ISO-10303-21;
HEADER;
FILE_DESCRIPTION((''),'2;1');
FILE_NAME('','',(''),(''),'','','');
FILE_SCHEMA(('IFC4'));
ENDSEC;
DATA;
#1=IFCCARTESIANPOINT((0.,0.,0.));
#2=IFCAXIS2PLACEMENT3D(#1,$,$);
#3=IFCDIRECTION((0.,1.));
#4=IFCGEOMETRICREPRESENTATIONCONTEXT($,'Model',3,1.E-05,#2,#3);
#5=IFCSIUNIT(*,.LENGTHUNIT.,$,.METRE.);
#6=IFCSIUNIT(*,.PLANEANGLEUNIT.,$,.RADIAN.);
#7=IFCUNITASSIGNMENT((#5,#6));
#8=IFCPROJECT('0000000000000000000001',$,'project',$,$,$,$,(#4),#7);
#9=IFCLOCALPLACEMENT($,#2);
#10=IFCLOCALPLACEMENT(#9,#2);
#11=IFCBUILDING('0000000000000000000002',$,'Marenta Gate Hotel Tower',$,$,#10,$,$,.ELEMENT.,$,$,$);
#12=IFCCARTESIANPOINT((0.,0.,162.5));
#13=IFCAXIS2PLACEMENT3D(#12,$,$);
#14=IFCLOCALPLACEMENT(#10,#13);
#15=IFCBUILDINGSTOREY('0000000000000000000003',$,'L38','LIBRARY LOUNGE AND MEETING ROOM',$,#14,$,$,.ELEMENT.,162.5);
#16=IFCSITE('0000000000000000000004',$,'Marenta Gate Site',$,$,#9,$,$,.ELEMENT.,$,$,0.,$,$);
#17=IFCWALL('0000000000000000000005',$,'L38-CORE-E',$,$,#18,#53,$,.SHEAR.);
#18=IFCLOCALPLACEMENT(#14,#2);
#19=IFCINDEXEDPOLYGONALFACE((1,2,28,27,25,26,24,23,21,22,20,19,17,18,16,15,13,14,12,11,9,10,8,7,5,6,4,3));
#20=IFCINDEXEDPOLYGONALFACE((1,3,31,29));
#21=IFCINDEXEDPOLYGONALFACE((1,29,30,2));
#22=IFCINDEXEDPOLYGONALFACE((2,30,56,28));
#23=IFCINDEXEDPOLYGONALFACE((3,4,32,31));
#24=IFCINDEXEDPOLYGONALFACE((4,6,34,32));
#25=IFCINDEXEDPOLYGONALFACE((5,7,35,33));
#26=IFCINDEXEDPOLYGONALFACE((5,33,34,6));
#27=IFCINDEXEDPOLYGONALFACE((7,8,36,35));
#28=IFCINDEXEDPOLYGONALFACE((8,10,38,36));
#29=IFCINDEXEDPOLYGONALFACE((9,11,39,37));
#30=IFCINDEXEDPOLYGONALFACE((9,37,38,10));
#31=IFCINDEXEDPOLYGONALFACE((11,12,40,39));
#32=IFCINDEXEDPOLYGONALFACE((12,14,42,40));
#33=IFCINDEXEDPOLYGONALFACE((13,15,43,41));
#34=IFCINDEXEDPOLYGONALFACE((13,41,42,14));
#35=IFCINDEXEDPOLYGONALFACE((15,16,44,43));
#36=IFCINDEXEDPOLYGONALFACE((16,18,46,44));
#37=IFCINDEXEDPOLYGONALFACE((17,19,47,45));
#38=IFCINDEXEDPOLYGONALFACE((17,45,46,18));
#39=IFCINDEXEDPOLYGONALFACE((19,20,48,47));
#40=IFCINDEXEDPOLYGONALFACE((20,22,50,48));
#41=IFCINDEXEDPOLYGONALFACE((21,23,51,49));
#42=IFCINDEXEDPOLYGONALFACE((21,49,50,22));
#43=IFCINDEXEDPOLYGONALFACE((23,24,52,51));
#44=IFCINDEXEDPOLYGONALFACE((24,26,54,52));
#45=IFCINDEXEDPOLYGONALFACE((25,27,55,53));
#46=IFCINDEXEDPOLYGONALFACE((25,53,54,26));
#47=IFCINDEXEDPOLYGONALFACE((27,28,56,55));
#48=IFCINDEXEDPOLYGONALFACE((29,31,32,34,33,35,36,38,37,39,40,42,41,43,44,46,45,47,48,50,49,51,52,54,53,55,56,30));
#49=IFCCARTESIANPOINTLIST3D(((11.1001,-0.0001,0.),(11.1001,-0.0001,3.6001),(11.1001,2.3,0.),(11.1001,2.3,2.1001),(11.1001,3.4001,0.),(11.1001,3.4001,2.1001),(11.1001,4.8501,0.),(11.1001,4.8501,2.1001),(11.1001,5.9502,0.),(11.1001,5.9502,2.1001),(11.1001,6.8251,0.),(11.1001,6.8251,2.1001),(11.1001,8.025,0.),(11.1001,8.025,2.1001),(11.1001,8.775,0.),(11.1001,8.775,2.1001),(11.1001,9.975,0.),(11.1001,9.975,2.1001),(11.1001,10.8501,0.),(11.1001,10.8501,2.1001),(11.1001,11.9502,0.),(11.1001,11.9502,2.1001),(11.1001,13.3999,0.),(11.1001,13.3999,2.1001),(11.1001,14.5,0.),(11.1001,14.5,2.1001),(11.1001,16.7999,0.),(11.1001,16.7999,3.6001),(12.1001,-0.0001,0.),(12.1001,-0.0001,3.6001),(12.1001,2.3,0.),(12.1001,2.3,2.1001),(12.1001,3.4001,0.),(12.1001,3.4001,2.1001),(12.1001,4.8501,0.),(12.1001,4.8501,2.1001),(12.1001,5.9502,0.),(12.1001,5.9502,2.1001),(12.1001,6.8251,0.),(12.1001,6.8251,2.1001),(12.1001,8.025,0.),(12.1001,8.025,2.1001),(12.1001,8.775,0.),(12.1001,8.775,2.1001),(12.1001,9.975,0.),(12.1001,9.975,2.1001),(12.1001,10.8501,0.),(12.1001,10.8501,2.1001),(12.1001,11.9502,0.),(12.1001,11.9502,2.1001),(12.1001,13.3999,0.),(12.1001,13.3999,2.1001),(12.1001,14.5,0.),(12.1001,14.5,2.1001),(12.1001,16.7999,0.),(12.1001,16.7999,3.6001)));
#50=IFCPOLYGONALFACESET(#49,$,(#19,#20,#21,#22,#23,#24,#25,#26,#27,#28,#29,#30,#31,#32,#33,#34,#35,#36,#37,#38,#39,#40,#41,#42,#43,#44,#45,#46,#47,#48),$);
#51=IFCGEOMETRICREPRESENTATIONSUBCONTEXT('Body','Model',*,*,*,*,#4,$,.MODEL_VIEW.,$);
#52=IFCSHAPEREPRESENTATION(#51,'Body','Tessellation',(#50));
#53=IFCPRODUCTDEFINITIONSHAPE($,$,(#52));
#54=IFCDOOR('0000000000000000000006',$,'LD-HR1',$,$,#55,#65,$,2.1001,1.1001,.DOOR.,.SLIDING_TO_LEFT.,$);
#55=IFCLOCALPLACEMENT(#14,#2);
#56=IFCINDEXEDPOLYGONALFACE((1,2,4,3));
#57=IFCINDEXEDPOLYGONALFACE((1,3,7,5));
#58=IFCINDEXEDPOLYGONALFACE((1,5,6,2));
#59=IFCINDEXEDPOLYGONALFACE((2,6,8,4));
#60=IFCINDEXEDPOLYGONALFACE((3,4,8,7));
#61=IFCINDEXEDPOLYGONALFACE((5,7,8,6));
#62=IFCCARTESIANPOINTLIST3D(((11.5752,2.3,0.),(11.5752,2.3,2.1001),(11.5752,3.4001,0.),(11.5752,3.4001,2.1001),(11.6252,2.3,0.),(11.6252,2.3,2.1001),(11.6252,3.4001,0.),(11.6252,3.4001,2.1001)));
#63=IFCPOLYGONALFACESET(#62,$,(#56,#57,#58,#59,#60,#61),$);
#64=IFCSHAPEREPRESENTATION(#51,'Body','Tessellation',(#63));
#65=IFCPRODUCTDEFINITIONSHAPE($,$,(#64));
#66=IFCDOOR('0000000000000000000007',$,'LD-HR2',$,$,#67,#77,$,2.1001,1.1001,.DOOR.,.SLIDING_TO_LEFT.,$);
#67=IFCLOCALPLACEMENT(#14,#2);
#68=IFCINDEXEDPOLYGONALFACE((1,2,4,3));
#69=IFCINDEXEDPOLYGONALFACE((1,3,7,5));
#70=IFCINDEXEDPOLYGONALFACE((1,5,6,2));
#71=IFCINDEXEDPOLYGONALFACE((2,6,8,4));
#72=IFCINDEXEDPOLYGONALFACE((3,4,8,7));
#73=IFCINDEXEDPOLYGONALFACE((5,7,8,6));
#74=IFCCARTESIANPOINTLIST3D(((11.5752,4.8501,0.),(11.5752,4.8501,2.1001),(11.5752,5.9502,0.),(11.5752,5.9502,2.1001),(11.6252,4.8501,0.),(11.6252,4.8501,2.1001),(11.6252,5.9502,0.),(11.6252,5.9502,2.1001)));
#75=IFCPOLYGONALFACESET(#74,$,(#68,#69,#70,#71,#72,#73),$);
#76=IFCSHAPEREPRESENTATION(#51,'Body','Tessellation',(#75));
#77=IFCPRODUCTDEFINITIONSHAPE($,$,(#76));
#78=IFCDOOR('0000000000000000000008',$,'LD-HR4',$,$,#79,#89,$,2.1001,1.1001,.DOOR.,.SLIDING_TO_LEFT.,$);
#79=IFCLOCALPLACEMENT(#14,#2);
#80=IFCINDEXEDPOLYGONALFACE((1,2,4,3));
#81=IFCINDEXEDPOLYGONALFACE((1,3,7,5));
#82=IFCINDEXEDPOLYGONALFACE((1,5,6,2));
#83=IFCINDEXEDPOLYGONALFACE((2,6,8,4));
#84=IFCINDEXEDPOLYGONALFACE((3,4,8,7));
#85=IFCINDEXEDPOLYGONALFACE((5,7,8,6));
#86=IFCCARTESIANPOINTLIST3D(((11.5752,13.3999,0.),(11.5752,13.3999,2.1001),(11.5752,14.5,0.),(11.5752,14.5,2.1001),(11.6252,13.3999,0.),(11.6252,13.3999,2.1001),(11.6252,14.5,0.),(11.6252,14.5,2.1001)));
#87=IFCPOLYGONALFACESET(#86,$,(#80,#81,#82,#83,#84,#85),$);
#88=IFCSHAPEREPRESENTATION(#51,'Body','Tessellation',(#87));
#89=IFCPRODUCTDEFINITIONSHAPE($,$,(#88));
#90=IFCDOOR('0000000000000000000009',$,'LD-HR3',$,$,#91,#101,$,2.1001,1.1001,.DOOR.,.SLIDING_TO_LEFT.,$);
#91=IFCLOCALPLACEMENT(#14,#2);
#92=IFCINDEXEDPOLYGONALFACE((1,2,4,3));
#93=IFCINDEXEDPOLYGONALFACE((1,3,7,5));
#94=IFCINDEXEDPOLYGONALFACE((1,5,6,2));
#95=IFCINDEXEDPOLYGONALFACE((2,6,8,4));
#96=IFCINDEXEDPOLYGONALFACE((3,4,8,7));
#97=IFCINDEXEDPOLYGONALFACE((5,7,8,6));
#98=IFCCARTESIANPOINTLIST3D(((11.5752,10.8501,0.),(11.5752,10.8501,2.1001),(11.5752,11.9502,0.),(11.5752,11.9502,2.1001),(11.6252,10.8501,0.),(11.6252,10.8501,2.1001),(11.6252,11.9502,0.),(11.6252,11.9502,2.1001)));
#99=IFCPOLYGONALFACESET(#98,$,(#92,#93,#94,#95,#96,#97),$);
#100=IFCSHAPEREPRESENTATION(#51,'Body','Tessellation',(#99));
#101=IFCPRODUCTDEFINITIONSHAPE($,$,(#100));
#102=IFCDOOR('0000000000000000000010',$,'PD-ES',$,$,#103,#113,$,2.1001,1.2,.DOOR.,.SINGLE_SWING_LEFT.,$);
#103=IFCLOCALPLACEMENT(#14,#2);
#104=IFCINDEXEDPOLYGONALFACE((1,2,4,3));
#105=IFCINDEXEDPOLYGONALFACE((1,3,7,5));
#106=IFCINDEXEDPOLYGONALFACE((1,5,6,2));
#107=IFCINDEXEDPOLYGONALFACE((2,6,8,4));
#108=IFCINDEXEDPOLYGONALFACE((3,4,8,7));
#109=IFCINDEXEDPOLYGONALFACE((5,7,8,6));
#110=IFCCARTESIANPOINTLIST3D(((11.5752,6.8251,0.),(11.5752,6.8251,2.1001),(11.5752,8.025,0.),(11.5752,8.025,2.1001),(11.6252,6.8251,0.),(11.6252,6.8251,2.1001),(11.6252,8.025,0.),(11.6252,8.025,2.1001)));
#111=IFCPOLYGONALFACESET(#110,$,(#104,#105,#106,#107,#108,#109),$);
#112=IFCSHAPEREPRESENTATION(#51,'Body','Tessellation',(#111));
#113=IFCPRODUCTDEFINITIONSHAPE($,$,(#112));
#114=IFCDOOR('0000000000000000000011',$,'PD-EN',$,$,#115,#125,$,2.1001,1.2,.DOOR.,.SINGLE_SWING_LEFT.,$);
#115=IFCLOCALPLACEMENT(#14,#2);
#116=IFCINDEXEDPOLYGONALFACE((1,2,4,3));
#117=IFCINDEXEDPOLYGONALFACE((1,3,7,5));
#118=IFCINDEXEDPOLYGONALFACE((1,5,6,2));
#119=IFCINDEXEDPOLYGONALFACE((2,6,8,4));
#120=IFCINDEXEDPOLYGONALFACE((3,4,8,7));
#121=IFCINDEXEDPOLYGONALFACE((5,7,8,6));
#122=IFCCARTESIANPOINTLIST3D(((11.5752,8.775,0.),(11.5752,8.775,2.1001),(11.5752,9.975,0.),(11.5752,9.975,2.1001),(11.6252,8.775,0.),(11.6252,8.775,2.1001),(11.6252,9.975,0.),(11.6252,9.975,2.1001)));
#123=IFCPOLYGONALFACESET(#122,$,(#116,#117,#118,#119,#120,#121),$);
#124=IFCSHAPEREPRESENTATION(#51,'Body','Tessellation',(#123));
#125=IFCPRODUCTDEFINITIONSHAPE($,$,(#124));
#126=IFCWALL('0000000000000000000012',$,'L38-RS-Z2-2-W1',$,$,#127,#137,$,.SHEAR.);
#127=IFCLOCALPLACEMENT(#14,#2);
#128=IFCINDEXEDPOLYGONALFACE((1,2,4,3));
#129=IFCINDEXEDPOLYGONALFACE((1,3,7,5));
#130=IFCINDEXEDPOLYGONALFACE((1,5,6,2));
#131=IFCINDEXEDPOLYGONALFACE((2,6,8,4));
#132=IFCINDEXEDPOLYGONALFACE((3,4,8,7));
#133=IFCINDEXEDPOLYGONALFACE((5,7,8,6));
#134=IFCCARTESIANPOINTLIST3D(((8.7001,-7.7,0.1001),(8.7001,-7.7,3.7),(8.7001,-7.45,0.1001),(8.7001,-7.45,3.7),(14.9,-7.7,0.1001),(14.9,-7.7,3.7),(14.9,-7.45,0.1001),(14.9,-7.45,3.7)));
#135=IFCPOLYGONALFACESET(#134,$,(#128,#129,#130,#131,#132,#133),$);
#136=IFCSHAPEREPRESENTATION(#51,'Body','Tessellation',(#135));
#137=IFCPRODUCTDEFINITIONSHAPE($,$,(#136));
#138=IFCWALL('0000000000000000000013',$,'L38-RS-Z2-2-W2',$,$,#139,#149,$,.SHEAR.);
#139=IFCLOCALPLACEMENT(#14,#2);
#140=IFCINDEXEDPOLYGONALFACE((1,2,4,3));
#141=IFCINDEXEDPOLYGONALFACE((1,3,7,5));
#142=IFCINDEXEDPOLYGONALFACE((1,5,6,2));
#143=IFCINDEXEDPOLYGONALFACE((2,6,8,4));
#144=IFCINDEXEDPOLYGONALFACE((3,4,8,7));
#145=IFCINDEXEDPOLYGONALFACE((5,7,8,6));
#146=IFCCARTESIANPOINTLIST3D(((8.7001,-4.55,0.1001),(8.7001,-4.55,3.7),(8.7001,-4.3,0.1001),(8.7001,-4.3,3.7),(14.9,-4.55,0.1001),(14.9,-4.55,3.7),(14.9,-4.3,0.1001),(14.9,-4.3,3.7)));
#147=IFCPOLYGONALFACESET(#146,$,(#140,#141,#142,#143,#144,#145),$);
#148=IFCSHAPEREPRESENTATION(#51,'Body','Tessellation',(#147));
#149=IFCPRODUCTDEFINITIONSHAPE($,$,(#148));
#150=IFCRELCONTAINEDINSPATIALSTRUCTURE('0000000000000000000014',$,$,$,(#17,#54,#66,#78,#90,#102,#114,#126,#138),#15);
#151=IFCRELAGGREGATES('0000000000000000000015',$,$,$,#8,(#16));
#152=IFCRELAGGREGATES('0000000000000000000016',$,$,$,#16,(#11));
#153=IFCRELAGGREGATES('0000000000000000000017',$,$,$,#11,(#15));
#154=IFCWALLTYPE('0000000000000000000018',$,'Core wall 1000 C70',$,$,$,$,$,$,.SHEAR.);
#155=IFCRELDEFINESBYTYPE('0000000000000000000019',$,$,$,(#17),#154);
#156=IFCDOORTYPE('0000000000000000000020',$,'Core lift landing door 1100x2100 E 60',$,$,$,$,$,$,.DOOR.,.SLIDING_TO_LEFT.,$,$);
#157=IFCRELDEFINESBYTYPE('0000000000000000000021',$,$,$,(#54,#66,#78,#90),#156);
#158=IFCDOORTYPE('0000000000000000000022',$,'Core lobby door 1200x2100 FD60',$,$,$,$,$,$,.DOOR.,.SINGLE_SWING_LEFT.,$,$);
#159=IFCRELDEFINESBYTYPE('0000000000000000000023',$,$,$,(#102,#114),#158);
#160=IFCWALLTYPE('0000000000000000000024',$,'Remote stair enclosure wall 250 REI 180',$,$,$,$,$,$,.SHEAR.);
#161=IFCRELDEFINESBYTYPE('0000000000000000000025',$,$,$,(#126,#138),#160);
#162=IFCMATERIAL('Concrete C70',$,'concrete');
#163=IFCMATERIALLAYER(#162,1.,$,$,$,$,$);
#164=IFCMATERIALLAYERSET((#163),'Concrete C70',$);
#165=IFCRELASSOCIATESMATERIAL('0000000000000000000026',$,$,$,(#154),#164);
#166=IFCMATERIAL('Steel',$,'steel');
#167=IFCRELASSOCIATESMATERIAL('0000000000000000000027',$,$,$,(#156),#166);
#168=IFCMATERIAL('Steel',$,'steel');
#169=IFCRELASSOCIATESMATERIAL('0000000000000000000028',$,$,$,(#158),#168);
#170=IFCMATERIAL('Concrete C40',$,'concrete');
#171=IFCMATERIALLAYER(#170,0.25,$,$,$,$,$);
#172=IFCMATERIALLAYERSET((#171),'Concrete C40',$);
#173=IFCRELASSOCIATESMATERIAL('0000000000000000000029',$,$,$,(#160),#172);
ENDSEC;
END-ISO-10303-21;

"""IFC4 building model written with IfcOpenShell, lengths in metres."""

from ifc_helpers import new_model, si_unit, direction, frame, frame_2d, origin, place, context, subcontext, project, spatial, rectangle, extrude, material, layer, layer_set, type_object, element, fill, save


model = new_model("IFC4")

# Units and contexts
model_context = context("Model", 3, precision=1e-05, world=origin(), true_north=direction((0.0, 1.0)))
body_context = subcontext(model_context, "Body", "Model", "MODEL_VIEW")
ifc_project = project(units=[si_unit("LENGTHUNIT", "METRE"), si_unit("PLANEANGLEUNIT", "RADIAN")], contexts=[model_context])

# Site, building, storey
site_placement = place(None, origin())
site = spatial("IfcSite", under=ifc_project, at=site_placement, Name="Marenta Gate Site", CompositionType="ELEMENT", RefElevation=0.0)
building_placement = place(site_placement, origin())
building = spatial("IfcBuilding", under=site, at=building_placement, Name="Marenta Gate Hotel Tower", CompositionType="ELEMENT")
storey_placement = place(building_placement, frame((0.0, 0.0, 162.5)))
storey = spatial("IfcBuildingStorey", under=building, at=storey_placement, Name="L38", Description="LIBRARY LOUNGE AND MEETING ROOM", CompositionType="ELEMENT", Elevation=162.5)

# Wall, openings, doors
ifc_material_1 = material(Name="Concrete C70", Category="concrete")
ifc_layer_1 = layer(ifc_material_1, 1.0)
ifc_layer_set_1 = layer_set([ifc_layer_1], Name="Concrete C70")
wall_type_1 = type_object("IfcWallType", Name="Core wall 1000 C70", PredefinedType="SHEAR", material=ifc_layer_set_1)
wall_1_placement = place(storey_placement, frame((11.6001, 0.0, 0.0), z_axis=(0.0, 0.0, 1.0), x_axis=(0.0, 1.0, 0.0)))
wall_1 = element("IfcWall", 1, at=wall_1_placement, inside=storey, type_object=wall_type_1, Name="L38-CORE-E", PredefinedType="SHEAR", context=body_context, shape_type="SweptSolid", body=[
    extrude(rectangle(XDim=16.8, YDim=1.0, at=frame_2d((8.3999, 0.0))), origin(), (0.0, 0.0, 1.0), 3.6001),
])
opening_1_placement = place(wall_1_placement, frame((2.3, 0.0, 0.0)))
opening_1 = element("IfcOpeningElement", 2, at=opening_1_placement, cuts=wall_1, PredefinedType="OPENING", context=body_context, shape_type="SweptSolid", body=[
    extrude(rectangle(XDim=1.1001, YDim=2.1001, at=frame_2d((0.55, 1.05))), frame((0.0, 0.5, 0.0), z_axis=(0.0, -1.0, 0.0), x_axis=(1.0, 0.0, 0.0)), (0.0, 0.0, 1.0), 1.0),
])
opening_2_placement = place(wall_1_placement, frame((4.8501, 0.0, 0.0)))
opening_2 = element("IfcOpeningElement", 3, at=opening_2_placement, cuts=wall_1, PredefinedType="OPENING", context=body_context, shape_type="SweptSolid", body=[
    extrude(rectangle(XDim=1.1001, YDim=2.1001, at=frame_2d((0.55, 1.05))), frame((0.0, 0.5, 0.0), z_axis=(0.0, -1.0, 0.0), x_axis=(1.0, 0.0, 0.0)), (0.0, 0.0, 1.0), 1.0),
])
opening_3_placement = place(wall_1_placement, frame((6.825, 0.0, 0.0)))
opening_3 = element("IfcOpeningElement", 4, at=opening_3_placement, cuts=wall_1, PredefinedType="OPENING", context=body_context, shape_type="SweptSolid", body=[
    extrude(rectangle(XDim=1.2, YDim=2.1001, at=frame_2d((0.6001, 1.05))), frame((0.0, 0.5, 0.0), z_axis=(0.0, -1.0, 0.0), x_axis=(1.0, 0.0, 0.0)), (0.0, 0.0, 1.0), 1.0),
])
opening_4_placement = place(wall_1_placement, frame((13.3999, 0.0, 0.0)))
opening_4 = element("IfcOpeningElement", 5, at=opening_4_placement, cuts=wall_1, PredefinedType="OPENING", context=body_context, shape_type="SweptSolid", body=[
    extrude(rectangle(XDim=1.1001, YDim=2.1001, at=frame_2d((0.55, 1.05))), frame((0.0, 0.5, 0.0), z_axis=(0.0, -1.0, 0.0), x_axis=(1.0, 0.0, 0.0)), (0.0, 0.0, 1.0), 1.0),
])
opening_5_placement = place(wall_1_placement, frame((10.8501, 0.0, 0.0)))
opening_5 = element("IfcOpeningElement", 6, at=opening_5_placement, cuts=wall_1, PredefinedType="OPENING", context=body_context, shape_type="SweptSolid", body=[
    extrude(rectangle(XDim=1.1001, YDim=2.1001, at=frame_2d((0.55, 1.05))), frame((0.0, 0.5, 0.0), z_axis=(0.0, -1.0, 0.0), x_axis=(1.0, 0.0, 0.0)), (0.0, 0.0, 1.0), 1.0),
])
opening_6_placement = place(wall_1_placement, frame((8.7749, 0.0, 0.0)))
opening_6 = element("IfcOpeningElement", 7, at=opening_6_placement, cuts=wall_1, PredefinedType="OPENING", context=body_context, shape_type="SweptSolid", body=[
    extrude(rectangle(XDim=1.2, YDim=2.1001, at=frame_2d((0.6001, 1.05))), frame((0.0, 0.5, 0.0), z_axis=(0.0, -1.0, 0.0), x_axis=(1.0, 0.0, 0.0)), (0.0, 0.0, 1.0), 1.0),
])
ifc_material_2 = material(Name="Steel", Category="steel")
door_type_1 = type_object("IfcDoorType", Name="Core lift landing door 1100x2100 E 60", OperationType="SLIDING_TO_LEFT", PredefinedType="DOOR", material=ifc_material_2)
door_1_placement = place(opening_1_placement, origin())
door_1 = element("IfcDoor", 8, at=door_1_placement, inside=storey, type_object=door_type_1, Name="LD-HR1", OperationType="SLIDING_TO_LEFT", OverallHeight=2.1001, OverallWidth=1.1001, PredefinedType="DOOR", context=body_context, shape_type="SweptSolid", body=[
    extrude(rectangle(XDim=1.1001, YDim=2.1001, at=frame_2d((0.55, 1.05))), frame((0.0, 0.0249, 0.0), z_axis=(0.0, -1.0, 0.0), x_axis=(1.0, 0.0, 0.0)), (0.0, 0.0, 1.0), 0.05),
])
fill(opening_1, door_1)
door_2_placement = place(opening_2_placement, origin())
door_2 = element("IfcDoor", 9, at=door_2_placement, inside=storey, type_object=door_type_1, Name="LD-HR2", OperationType="SLIDING_TO_LEFT", OverallHeight=2.1001, OverallWidth=1.1001, PredefinedType="DOOR", context=body_context, shape_type="SweptSolid", body=[
    extrude(rectangle(XDim=1.1001, YDim=2.1001, at=frame_2d((0.55, 1.05))), frame((0.0, 0.0249, 0.0), z_axis=(0.0, -1.0, 0.0), x_axis=(1.0, 0.0, 0.0)), (0.0, 0.0, 1.0), 0.05),
])
fill(opening_2, door_2)
door_3_placement = place(opening_4_placement, origin())
door_3 = element("IfcDoor", 10, at=door_3_placement, inside=storey, type_object=door_type_1, Name="LD-HR4", OperationType="SLIDING_TO_LEFT", OverallHeight=2.1001, OverallWidth=1.1001, PredefinedType="DOOR", context=body_context, shape_type="SweptSolid", body=[
    extrude(rectangle(XDim=1.1001, YDim=2.1001, at=frame_2d((0.55, 1.05))), frame((0.0, 0.0249, 0.0), z_axis=(0.0, -1.0, 0.0), x_axis=(1.0, 0.0, 0.0)), (0.0, 0.0, 1.0), 0.05),
])
fill(opening_4, door_3)
door_4_placement = place(opening_5_placement, origin())
door_4 = element("IfcDoor", 11, at=door_4_placement, inside=storey, type_object=door_type_1, Name="LD-HR3", OperationType="SLIDING_TO_LEFT", OverallHeight=2.1001, OverallWidth=1.1001, PredefinedType="DOOR", context=body_context, shape_type="SweptSolid", body=[
    extrude(rectangle(XDim=1.1001, YDim=2.1001, at=frame_2d((0.55, 1.05))), frame((0.0, 0.0249, 0.0), z_axis=(0.0, -1.0, 0.0), x_axis=(1.0, 0.0, 0.0)), (0.0, 0.0, 1.0), 0.05),
])
fill(opening_5, door_4)
ifc_material_3 = material(Name="Steel", Category="steel")
door_type_2 = type_object("IfcDoorType", Name="Core lobby door 1200x2100 FD60", OperationType="SINGLE_SWING_LEFT", PredefinedType="DOOR", material=ifc_material_3)
door_5_placement = place(opening_3_placement, origin())
door_5 = element("IfcDoor", 12, at=door_5_placement, inside=storey, type_object=door_type_2, Name="PD-ES", OperationType="SINGLE_SWING_LEFT", OverallHeight=2.1001, OverallWidth=1.2, PredefinedType="DOOR", context=body_context, shape_type="SweptSolid", body=[
    extrude(rectangle(XDim=1.2, YDim=2.1001, at=frame_2d((0.6001, 1.05))), frame((0.0, 0.0249, 0.0), z_axis=(0.0, -1.0, 0.0), x_axis=(1.0, 0.0, 0.0)), (0.0, 0.0, 1.0), 0.05),
])
fill(opening_3, door_5)
door_6_placement = place(opening_6_placement, origin())
door_6 = element("IfcDoor", 13, at=door_6_placement, inside=storey, type_object=door_type_2, Name="PD-EN", OperationType="SINGLE_SWING_LEFT", OverallHeight=2.1001, OverallWidth=1.2, PredefinedType="DOOR", context=body_context, shape_type="SweptSolid", body=[
    extrude(rectangle(XDim=1.2, YDim=2.1001, at=frame_2d((0.6001, 1.05))), frame((0.0, 0.0249, 0.0), z_axis=(0.0, -1.0, 0.0), x_axis=(1.0, 0.0, 0.0)), (0.0, 0.0, 1.0), 0.05),
])
fill(opening_6, door_6)

# Walls
ifc_material_4 = material(Name="Concrete C40", Category="concrete")
ifc_layer_2 = layer(ifc_material_4, 0.25)
ifc_layer_set_2 = layer_set([ifc_layer_2], Name="Concrete C40")
wall_type_2 = type_object("IfcWallType", Name="Remote stair enclosure wall 250 REI 180", PredefinedType="SHEAR", material=ifc_layer_set_2)
for number, where, z_axis, x_axis, name in (
    (14, (8.7, -7.575, 0.1001), (0.0, 0.0, 1.0), (1.0, 0.0, 0.0), "L38-RS-Z2-2-W1"),
    (15, (8.7, -4.425, 0.1001), (0.0, 0.0, 1.0), (1.0, 0.0, 0.0), "L38-RS-Z2-2-W2"),
):
    element("IfcWall", number, at=place(storey_placement, frame(where, z_axis=z_axis, x_axis=x_axis)), inside=storey, type_object=wall_type_2, Name=name, PredefinedType="SHEAR", context=body_context, shape_type="SweptSolid", body=[
        extrude(rectangle(XDim=6.2, YDim=0.25, at=frame_2d((3.1001, 0.0))), origin(), (0.0, 0.0, 1.0), 3.5999),
    ])

save(model, "model.ifc")
